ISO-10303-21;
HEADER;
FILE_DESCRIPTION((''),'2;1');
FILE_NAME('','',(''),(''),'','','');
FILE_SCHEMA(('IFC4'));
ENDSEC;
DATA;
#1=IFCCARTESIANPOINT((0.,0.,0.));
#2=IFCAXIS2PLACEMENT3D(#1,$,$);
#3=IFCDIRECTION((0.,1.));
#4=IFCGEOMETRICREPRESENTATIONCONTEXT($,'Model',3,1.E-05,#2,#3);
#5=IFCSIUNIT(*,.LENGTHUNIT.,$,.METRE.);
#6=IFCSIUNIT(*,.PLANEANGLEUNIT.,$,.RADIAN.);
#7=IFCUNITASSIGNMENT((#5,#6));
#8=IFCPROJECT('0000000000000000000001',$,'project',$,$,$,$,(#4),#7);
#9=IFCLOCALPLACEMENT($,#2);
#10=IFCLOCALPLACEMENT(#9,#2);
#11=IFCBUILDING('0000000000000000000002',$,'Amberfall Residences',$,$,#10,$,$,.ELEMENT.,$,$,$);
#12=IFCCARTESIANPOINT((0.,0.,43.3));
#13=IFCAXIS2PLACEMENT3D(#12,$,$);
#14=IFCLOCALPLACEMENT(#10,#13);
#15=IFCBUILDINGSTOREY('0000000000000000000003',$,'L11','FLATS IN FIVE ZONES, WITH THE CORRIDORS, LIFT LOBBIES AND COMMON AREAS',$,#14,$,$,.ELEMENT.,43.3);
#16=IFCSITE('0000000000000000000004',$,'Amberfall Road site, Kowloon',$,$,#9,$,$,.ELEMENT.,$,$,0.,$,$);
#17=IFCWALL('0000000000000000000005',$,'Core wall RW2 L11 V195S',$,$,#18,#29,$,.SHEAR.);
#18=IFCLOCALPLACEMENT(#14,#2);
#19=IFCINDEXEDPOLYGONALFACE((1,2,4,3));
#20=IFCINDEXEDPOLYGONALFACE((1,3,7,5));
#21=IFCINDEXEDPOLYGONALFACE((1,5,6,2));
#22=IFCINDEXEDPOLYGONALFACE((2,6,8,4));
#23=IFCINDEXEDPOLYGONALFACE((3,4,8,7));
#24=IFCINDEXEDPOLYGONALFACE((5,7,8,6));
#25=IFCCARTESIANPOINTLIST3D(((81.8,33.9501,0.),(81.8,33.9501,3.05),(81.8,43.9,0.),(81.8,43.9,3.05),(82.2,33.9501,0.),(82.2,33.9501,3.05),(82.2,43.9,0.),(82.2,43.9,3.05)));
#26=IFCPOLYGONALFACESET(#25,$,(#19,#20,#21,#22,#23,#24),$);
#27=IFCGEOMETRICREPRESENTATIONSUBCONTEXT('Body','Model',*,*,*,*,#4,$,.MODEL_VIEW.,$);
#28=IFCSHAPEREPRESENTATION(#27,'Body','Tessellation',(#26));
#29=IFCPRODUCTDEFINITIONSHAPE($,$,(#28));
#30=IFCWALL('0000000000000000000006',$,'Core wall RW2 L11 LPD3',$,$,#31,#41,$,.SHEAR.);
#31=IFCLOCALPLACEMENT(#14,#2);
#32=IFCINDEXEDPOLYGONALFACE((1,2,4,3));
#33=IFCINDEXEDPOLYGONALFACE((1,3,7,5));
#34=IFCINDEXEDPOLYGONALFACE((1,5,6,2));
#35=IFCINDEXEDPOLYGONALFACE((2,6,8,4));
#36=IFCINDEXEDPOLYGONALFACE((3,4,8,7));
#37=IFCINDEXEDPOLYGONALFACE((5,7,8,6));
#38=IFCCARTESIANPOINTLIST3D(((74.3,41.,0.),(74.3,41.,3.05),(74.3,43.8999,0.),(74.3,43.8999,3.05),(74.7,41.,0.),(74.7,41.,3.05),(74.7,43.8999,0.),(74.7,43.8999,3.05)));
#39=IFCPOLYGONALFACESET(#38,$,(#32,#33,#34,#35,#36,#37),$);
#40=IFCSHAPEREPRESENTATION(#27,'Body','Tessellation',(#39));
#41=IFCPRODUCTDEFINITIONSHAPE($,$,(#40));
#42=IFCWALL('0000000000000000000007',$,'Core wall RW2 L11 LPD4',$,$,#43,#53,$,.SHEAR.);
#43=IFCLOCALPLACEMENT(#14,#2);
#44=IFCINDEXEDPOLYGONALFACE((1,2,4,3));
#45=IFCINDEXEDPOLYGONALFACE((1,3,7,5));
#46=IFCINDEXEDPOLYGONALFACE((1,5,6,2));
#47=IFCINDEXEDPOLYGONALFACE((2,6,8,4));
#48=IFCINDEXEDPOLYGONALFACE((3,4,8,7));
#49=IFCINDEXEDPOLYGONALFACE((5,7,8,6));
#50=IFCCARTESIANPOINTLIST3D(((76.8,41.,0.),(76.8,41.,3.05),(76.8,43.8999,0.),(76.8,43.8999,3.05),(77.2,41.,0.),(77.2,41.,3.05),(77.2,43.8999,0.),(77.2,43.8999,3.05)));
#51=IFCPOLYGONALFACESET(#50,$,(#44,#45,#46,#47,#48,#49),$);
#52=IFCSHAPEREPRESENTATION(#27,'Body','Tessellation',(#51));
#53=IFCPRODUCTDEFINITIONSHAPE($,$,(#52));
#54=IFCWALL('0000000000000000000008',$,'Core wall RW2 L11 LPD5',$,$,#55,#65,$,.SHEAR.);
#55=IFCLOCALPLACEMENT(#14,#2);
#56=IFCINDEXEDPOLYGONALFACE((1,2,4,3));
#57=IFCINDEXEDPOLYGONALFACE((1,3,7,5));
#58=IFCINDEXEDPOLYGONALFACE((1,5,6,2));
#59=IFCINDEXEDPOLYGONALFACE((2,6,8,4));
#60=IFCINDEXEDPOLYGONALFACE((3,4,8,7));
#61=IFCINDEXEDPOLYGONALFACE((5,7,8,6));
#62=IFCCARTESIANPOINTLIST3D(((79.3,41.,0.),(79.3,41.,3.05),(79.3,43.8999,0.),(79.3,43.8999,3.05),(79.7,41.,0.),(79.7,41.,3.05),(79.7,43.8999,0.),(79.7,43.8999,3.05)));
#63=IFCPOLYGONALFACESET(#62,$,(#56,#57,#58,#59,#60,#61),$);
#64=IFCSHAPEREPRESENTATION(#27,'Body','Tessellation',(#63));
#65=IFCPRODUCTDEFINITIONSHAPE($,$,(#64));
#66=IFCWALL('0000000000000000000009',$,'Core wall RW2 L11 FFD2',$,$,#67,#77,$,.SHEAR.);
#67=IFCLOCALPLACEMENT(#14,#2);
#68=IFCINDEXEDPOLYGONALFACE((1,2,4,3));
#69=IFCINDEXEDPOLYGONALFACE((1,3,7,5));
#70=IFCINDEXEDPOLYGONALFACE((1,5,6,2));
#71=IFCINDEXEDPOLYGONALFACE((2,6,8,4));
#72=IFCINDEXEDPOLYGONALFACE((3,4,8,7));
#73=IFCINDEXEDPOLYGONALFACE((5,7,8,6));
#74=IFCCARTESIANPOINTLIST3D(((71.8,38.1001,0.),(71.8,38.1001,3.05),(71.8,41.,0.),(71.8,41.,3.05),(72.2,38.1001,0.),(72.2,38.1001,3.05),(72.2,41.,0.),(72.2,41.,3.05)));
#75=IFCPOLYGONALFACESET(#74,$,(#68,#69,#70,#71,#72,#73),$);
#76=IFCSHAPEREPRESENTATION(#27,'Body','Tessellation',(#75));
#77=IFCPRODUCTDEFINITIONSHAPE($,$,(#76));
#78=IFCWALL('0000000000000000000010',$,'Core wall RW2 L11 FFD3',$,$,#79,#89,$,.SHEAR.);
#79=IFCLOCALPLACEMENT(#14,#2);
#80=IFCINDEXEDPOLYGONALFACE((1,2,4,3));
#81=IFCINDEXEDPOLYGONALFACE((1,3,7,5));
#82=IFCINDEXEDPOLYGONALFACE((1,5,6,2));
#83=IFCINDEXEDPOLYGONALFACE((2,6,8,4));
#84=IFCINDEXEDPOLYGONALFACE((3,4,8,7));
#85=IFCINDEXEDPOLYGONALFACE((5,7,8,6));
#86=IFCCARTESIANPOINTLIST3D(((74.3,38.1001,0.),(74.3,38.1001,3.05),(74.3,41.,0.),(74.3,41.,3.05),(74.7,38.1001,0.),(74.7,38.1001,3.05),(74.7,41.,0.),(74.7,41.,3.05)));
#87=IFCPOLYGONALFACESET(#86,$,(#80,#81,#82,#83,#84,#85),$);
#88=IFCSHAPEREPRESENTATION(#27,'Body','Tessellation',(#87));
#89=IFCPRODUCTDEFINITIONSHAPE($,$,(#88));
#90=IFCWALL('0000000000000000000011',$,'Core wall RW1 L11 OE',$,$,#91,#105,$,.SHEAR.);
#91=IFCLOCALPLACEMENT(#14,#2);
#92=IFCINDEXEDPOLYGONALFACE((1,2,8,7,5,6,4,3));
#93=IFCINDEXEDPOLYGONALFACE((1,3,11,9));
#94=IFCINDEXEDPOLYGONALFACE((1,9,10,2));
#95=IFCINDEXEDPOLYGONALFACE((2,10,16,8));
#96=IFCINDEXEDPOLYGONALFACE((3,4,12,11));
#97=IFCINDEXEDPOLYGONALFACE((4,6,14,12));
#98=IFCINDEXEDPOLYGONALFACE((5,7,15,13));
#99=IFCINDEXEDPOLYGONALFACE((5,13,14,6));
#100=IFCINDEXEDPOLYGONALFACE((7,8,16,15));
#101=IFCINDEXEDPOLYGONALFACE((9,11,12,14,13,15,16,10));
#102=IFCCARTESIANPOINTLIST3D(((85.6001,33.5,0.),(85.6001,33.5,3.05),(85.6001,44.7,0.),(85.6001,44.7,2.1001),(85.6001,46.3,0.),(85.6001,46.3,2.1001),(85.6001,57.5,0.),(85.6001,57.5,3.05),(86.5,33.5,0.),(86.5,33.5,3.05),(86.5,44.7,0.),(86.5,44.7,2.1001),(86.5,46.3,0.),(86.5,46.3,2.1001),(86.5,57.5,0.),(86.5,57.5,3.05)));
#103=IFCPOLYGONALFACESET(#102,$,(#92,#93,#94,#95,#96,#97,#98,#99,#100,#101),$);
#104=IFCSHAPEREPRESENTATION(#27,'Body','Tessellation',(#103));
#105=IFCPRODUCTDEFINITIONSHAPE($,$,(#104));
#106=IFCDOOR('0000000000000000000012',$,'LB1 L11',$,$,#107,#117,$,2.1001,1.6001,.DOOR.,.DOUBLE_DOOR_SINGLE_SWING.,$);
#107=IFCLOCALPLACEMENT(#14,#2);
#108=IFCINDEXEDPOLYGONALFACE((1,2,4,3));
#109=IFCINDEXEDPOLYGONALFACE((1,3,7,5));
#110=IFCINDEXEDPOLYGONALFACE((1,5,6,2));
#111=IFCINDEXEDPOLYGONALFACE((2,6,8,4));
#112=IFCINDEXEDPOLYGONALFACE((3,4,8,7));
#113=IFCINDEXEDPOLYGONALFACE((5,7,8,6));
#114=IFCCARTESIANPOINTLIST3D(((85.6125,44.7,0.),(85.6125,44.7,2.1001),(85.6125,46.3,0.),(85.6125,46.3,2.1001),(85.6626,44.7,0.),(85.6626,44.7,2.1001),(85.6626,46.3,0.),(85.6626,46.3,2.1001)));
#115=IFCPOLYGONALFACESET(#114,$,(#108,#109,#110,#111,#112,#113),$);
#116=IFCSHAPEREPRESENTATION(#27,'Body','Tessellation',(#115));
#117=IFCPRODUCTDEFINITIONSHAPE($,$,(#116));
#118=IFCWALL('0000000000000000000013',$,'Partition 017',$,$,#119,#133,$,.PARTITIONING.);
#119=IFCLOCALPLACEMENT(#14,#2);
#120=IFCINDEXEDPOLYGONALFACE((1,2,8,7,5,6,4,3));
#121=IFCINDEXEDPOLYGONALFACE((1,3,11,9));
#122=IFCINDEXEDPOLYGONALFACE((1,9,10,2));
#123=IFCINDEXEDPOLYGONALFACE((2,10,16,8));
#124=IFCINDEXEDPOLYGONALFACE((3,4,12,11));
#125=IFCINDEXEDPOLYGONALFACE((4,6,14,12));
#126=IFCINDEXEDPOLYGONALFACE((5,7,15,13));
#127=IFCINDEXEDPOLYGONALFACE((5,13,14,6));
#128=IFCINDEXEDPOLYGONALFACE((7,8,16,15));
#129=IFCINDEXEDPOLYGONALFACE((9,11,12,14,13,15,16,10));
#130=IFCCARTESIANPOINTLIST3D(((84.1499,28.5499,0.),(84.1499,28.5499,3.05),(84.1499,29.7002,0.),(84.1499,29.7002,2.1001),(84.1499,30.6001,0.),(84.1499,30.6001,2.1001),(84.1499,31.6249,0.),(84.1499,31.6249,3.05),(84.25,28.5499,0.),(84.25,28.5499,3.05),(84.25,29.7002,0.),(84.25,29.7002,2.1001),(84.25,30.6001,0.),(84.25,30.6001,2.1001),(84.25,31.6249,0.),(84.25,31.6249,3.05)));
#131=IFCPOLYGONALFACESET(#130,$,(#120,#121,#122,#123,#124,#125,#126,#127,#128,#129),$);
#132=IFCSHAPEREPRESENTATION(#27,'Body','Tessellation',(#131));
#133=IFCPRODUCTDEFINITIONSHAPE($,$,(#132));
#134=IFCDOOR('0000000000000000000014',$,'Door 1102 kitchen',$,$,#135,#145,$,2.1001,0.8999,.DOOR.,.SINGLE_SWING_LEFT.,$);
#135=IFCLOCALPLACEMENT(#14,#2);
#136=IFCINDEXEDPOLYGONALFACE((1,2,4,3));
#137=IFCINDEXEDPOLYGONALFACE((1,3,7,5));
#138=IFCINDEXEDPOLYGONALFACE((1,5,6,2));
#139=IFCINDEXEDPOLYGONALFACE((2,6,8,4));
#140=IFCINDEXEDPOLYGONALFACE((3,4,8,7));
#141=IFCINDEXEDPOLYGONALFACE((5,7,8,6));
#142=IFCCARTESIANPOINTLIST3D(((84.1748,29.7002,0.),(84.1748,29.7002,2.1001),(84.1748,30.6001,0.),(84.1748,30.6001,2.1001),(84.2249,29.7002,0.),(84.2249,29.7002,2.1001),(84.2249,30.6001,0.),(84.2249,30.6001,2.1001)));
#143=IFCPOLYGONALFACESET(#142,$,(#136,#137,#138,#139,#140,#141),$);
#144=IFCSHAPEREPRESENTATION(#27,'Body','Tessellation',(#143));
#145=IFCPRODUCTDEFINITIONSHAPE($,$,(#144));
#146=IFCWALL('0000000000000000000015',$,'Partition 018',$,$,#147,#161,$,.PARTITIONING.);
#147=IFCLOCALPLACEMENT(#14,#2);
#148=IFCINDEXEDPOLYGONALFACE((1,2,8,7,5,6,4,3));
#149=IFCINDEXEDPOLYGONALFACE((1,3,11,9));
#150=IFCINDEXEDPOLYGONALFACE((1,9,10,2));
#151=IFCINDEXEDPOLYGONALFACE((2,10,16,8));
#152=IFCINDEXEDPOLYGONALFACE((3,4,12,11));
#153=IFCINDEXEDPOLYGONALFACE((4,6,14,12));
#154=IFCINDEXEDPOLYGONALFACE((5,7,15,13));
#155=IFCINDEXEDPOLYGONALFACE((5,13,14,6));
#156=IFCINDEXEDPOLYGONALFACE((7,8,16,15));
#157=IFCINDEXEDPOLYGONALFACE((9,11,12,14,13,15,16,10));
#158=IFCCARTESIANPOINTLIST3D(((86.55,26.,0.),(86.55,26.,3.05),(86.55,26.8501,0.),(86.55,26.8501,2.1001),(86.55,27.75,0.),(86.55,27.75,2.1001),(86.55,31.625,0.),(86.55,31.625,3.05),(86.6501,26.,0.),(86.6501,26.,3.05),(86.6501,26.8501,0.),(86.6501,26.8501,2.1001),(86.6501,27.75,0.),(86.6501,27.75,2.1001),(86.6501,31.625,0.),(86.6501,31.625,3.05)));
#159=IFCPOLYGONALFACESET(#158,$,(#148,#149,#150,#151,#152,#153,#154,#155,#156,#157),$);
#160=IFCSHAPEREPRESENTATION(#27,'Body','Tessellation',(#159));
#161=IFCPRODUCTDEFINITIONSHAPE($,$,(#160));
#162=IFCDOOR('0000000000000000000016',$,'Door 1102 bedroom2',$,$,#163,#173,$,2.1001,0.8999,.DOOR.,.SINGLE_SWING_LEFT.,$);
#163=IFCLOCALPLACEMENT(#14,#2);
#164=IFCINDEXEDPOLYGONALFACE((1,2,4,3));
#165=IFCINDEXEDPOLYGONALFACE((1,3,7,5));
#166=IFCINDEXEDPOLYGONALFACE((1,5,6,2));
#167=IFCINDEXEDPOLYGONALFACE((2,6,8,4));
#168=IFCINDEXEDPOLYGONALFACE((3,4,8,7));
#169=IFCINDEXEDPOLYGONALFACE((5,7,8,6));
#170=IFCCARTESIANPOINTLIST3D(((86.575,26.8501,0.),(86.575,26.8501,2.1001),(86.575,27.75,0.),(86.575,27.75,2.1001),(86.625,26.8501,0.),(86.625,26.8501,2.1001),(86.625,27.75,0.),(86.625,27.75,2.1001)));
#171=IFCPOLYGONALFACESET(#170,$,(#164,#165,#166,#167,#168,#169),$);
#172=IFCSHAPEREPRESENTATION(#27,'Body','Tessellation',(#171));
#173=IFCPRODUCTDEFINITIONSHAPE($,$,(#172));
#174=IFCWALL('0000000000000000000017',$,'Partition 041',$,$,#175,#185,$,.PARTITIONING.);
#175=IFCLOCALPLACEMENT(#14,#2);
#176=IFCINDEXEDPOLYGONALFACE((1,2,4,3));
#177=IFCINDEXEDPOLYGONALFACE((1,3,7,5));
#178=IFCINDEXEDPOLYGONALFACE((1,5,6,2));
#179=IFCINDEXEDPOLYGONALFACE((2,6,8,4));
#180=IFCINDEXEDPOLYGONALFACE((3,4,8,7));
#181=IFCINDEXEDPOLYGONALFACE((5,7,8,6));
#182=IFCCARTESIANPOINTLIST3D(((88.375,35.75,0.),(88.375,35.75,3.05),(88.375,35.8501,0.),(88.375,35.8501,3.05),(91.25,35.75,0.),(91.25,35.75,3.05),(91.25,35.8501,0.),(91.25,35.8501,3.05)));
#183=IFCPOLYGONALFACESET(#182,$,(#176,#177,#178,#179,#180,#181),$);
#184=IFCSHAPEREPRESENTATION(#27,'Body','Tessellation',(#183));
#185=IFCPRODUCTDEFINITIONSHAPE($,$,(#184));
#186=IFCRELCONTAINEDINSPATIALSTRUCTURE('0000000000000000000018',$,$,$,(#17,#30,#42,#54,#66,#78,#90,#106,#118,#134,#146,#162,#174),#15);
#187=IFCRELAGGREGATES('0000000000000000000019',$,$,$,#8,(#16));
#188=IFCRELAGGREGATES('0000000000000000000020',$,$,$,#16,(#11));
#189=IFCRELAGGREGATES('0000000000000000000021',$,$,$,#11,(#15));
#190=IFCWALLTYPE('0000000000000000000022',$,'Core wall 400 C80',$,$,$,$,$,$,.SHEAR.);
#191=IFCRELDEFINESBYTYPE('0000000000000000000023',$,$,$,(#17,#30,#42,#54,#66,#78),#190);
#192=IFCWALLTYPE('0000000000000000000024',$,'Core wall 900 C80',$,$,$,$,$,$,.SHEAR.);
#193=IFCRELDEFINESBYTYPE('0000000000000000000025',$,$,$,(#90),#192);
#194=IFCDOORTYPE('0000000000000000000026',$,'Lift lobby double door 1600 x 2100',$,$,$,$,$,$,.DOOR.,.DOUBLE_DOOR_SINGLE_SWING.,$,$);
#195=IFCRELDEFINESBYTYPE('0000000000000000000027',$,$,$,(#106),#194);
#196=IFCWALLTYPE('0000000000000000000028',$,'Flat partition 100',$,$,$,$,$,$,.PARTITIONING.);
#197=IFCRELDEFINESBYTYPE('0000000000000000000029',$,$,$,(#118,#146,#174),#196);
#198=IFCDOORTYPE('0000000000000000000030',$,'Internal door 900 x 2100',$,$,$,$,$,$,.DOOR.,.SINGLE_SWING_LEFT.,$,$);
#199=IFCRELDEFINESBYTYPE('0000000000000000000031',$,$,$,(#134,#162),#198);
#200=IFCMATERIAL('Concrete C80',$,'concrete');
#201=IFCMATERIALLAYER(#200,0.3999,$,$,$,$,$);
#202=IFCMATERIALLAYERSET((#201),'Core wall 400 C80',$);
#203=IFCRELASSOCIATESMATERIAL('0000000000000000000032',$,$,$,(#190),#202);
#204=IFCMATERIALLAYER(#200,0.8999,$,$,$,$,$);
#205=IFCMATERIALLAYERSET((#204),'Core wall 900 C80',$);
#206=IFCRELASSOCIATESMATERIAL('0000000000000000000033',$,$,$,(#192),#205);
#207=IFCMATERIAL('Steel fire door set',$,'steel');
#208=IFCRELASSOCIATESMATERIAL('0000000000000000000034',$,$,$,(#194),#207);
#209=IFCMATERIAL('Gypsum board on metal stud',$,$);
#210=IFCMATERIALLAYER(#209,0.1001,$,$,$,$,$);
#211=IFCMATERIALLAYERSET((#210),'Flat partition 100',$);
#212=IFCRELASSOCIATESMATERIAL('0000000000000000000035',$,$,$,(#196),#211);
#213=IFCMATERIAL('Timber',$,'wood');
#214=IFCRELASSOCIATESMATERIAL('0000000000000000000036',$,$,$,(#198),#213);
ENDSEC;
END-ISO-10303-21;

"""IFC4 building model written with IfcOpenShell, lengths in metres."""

from ifc_helpers import new_model, si_unit, direction, frame, frame_2d, origin, place, context, subcontext, project, spatial, rectangle, extrude, material, layer, layer_set, type_object, element, fill, save


model = new_model("IFC4")

# Units and contexts
model_context = context("Model", 3, precision=1e-05, world=origin(), true_north=direction((0.0, 1.0)))
body_context = subcontext(model_context, "Body", "Model", "MODEL_VIEW")
ifc_project = project(units=[si_unit("LENGTHUNIT", "METRE"), si_unit("PLANEANGLEUNIT", "RADIAN")], contexts=[model_context])

# Site, building, storey
site_placement = place(None, origin())
site = spatial("IfcSite", under=ifc_project, at=site_placement, Name="Amberfall Road site, Kowloon", CompositionType="ELEMENT", RefElevation=0.0)
building_placement = place(site_placement, origin())
building = spatial("IfcBuilding", under=site, at=building_placement, Name="Amberfall Residences", CompositionType="ELEMENT")
storey_placement = place(building_placement, frame((0.0, 0.0, 43.3)))
storey = spatial("IfcBuildingStorey", under=building, at=storey_placement, Name="L11", Description="FLATS IN FIVE ZONES, WITH THE CORRIDORS, LIFT LOBBIES AND COMMON AREAS", CompositionType="ELEMENT", Elevation=43.3)

# Walls
ifc_material_1 = material(Name="Concrete C80", Category="concrete")
ifc_layer_1 = layer(ifc_material_1, 0.3999)
ifc_layer_set_1 = layer_set([ifc_layer_1], Name="Core wall 400 C80")
wall_type_1 = type_object("IfcWallType", Name="Core wall 400 C80", PredefinedType="SHEAR", material=ifc_layer_set_1)
wall_1_placement = place(storey_placement, frame((82.0, 33.95, 0.0), z_axis=(0.0, 0.0, 1.0), x_axis=(0.0, 1.0, 0.0)))
element("IfcWall", 1, at=wall_1_placement, inside=storey, type_object=wall_type_1, Name="Core wall RW2 L11 V195S", PredefinedType="SHEAR", context=body_context, shape_type="SweptSolid", body=[
    extrude(rectangle(XDim=9.95, YDim=0.3999, at=frame_2d((4.9751, 0.0))), origin(), (0.0, 0.0, 1.0), 3.05),
])
for number, where, z_axis, x_axis, name in (
    (2, (74.5, 41.0, 0.0), (0.0, 0.0, 1.0), (0.0, 1.0, 0.0), "Core wall RW2 L11 LPD3"),
    (3, (77.0, 41.0, 0.0), (0.0, 0.0, 1.0), (0.0, 1.0, 0.0), "Core wall RW2 L11 LPD4"),
    (4, (79.5, 41.0, 0.0), (0.0, 0.0, 1.0), (0.0, 1.0, 0.0), "Core wall RW2 L11 LPD5"),
    (5, (72.0, 38.1001, 0.0), (0.0, 0.0, 1.0), (0.0, 1.0, 0.0), "Core wall RW2 L11 FFD2"),
    (6, (74.5, 38.1001, 0.0), (0.0, 0.0, 1.0), (0.0, 1.0, 0.0), "Core wall RW2 L11 FFD3"),
):
    element("IfcWall", number, at=place(storey_placement, frame(where, z_axis=z_axis, x_axis=x_axis)), inside=storey, type_object=wall_type_1, Name=name, PredefinedType="SHEAR", context=body_context, shape_type="SweptSolid", body=[
        extrude(rectangle(XDim=2.8999, YDim=0.3999, at=frame_2d((1.45, 0.0))), origin(), (0.0, 0.0, 1.0), 3.05),
    ])

# Walls, openings, doors
ifc_layer_2 = layer(ifc_material_1, 0.8999)
ifc_layer_set_2 = layer_set([ifc_layer_2], Name="Core wall 900 C80")
wall_type_2 = type_object("IfcWallType", Name="Core wall 900 C80", PredefinedType="SHEAR", material=ifc_layer_set_2)
wall_2_placement = place(storey_placement, frame((86.05, 33.5, 0.0), z_axis=(0.0, 0.0, 1.0), x_axis=(0.0, 1.0, 0.0)))
wall_2 = element("IfcWall", 7, at=wall_2_placement, inside=storey, type_object=wall_type_2, Name="Core wall RW1 L11 OE", PredefinedType="SHEAR", context=body_context, shape_type="SweptSolid", body=[
    extrude(rectangle(XDim=24.0, YDim=0.8999, at=frame_2d((12.0, 0.0))), origin(), (0.0, 0.0, 1.0), 3.05),
])
opening_1_placement = place(wall_2_placement, frame((11.2, 0.0, 0.0)))
opening_1 = element("IfcOpeningElement", 8, at=opening_1_placement, cuts=wall_2, PredefinedType="OPENING", context=body_context, shape_type="SweptSolid", body=[
    extrude(rectangle(XDim=1.6001, YDim=2.1001, at=frame_2d((0.8, 1.05))), frame((0.0, 0.46, 0.0), z_axis=(0.0, -1.0, 0.0), x_axis=(1.0, 0.0, 0.0)), (0.0, 0.0, 1.0), 0.9199),
])
ifc_material_2 = material(Name="Steel fire door set", Category="steel")
door_type_1 = type_object("IfcDoorType", Name="Lift lobby double door 1600 x 2100", OperationType="DOUBLE_DOOR_SINGLE_SWING", PredefinedType="DOOR", material=ifc_material_2)
door_1_placement = place(opening_1_placement, origin())
door_1 = element("IfcDoor", 9, at=door_1_placement, inside=storey, type_object=door_type_1, Name="LB1 L11", OperationType="DOUBLE_DOOR_SINGLE_SWING", OverallHeight=2.1001, OverallWidth=1.6001, PredefinedType="DOOR", context=body_context, shape_type="SweptSolid", body=[
    extrude(rectangle(XDim=1.6001, YDim=2.1001, at=frame_2d((0.8, 1.05))), frame((0.0, 0.4375, 0.0), z_axis=(0.0, -1.0, 0.0), x_axis=(1.0, 0.0, 0.0)), (0.0, 0.0, 1.0), 0.05),
])
fill(opening_1, door_1)
ifc_material_3 = material(Name="Gypsum board on metal stud")
ifc_layer_3 = layer(ifc_material_3, 0.1001)
ifc_layer_set_3 = layer_set([ifc_layer_3], Name="Flat partition 100")
wall_type_3 = type_object("IfcWallType", Name="Flat partition 100", PredefinedType="PARTITIONING", material=ifc_layer_set_3)
wall_3_placement = place(storey_placement, frame((84.2, 31.625, 0.0), z_axis=(0.0, 0.0, 1.0), x_axis=(0.0, -1.0, 0.0)))
wall_3 = element("IfcWall", 10, at=wall_3_placement, inside=storey, type_object=wall_type_3, Name="Partition 017", PredefinedType="PARTITIONING", context=body_context, shape_type="SweptSolid", body=[
    extrude(rectangle(XDim=3.075, YDim=0.1001, at=frame_2d((1.5376, 0.0))), origin(), (0.0, 0.0, 1.0), 3.05),
])
opening_2_placement = place(wall_3_placement, frame((1.0249, 0.0, 0.0)))
opening_2 = element("IfcOpeningElement", 11, at=opening_2_placement, cuts=wall_3, PredefinedType="OPENING", context=body_context, shape_type="SweptSolid", body=[
    extrude(rectangle(XDim=0.8999, YDim=2.1001, at=frame_2d((0.45, 1.05))), frame((0.0, 0.0601, 0.0), z_axis=(0.0, -1.0, 0.0), x_axis=(1.0, 0.0, 0.0)), (0.0, 0.0, 1.0), 0.1201),
])
ifc_material_4 = material(Name="Timber", Category="wood")
door_type_2 = type_object("IfcDoorType", Name="Internal door 900 x 2100", OperationType="SINGLE_SWING_LEFT", PredefinedType="DOOR", material=ifc_material_4)
door_2_placement = place(opening_2_placement, origin())
door_2 = element("IfcDoor", 12, at=door_2_placement, inside=storey, type_object=door_type_2, Name="Door 1102 kitchen", OperationType="SINGLE_SWING_LEFT", OverallHeight=2.1001, OverallWidth=0.8999, PredefinedType="DOOR", context=body_context, shape_type="SweptSolid", body=[
    extrude(rectangle(XDim=0.8999, YDim=2.1001, at=frame_2d((0.45, 1.05))), frame((0.0, 0.0249, 0.0), z_axis=(0.0, -1.0, 0.0), x_axis=(1.0, 0.0, 0.0)), (0.0, 0.0, 1.0), 0.05),
])
fill(opening_2, door_2)
wall_4_placement = place(storey_placement, frame((86.6001, 31.625, 0.0), z_axis=(0.0, 0.0, 1.0), x_axis=(0.0, -1.0, 0.0)))
wall_4 = element("IfcWall", 13, at=wall_4_placement, inside=storey, type_object=wall_type_3, Name="Partition 018", PredefinedType="PARTITIONING", context=body_context, shape_type="SweptSolid", body=[
    extrude(rectangle(XDim=5.625, YDim=0.1001, at=frame_2d((2.8125, 0.0))), origin(), (0.0, 0.0, 1.0), 3.05),
])
opening_3_placement = place(wall_4_placement, frame((3.875, 0.0, 0.0)))
opening_3 = element("IfcOpeningElement", 14, at=opening_3_placement, cuts=wall_4, PredefinedType="OPENING", context=body_context, shape_type="SweptSolid", body=[
    extrude(rectangle(XDim=0.8999, YDim=2.1001, at=frame_2d((0.45, 1.05))), frame((0.0, 0.0601, 0.0), z_axis=(0.0, -1.0, 0.0), x_axis=(1.0, 0.0, 0.0)), (0.0, 0.0, 1.0), 0.1201),
])
door_3_placement = place(opening_3_placement, origin())
door_3 = element("IfcDoor", 15, at=door_3_placement, inside=storey, type_object=door_type_2, Name="Door 1102 bedroom2", OperationType="SINGLE_SWING_LEFT", OverallHeight=2.1001, OverallWidth=0.8999, PredefinedType="DOOR", context=body_context, shape_type="SweptSolid", body=[
    extrude(rectangle(XDim=0.8999, YDim=2.1001, at=frame_2d((0.45, 1.05))), frame((0.0, 0.0249, 0.0), z_axis=(0.0, -1.0, 0.0), x_axis=(1.0, 0.0, 0.0)), (0.0, 0.0, 1.0), 0.05),
])
fill(opening_3, door_3)

# Wall
wall_5_placement = place(storey_placement, frame((88.375, 35.8, 0.0), z_axis=(0.0, 0.0, 1.0), x_axis=(1.0, 0.0, 0.0)))
element("IfcWall", 16, at=wall_5_placement, inside=storey, type_object=wall_type_3, Name="Partition 041", PredefinedType="PARTITIONING", context=body_context, shape_type="SweptSolid", body=[
    extrude(rectangle(XDim=2.875, YDim=0.1001, at=frame_2d((1.4375, 0.0))), origin(), (0.0, 0.0, 1.0), 3.05),
])

save(model, "model.ifc")
